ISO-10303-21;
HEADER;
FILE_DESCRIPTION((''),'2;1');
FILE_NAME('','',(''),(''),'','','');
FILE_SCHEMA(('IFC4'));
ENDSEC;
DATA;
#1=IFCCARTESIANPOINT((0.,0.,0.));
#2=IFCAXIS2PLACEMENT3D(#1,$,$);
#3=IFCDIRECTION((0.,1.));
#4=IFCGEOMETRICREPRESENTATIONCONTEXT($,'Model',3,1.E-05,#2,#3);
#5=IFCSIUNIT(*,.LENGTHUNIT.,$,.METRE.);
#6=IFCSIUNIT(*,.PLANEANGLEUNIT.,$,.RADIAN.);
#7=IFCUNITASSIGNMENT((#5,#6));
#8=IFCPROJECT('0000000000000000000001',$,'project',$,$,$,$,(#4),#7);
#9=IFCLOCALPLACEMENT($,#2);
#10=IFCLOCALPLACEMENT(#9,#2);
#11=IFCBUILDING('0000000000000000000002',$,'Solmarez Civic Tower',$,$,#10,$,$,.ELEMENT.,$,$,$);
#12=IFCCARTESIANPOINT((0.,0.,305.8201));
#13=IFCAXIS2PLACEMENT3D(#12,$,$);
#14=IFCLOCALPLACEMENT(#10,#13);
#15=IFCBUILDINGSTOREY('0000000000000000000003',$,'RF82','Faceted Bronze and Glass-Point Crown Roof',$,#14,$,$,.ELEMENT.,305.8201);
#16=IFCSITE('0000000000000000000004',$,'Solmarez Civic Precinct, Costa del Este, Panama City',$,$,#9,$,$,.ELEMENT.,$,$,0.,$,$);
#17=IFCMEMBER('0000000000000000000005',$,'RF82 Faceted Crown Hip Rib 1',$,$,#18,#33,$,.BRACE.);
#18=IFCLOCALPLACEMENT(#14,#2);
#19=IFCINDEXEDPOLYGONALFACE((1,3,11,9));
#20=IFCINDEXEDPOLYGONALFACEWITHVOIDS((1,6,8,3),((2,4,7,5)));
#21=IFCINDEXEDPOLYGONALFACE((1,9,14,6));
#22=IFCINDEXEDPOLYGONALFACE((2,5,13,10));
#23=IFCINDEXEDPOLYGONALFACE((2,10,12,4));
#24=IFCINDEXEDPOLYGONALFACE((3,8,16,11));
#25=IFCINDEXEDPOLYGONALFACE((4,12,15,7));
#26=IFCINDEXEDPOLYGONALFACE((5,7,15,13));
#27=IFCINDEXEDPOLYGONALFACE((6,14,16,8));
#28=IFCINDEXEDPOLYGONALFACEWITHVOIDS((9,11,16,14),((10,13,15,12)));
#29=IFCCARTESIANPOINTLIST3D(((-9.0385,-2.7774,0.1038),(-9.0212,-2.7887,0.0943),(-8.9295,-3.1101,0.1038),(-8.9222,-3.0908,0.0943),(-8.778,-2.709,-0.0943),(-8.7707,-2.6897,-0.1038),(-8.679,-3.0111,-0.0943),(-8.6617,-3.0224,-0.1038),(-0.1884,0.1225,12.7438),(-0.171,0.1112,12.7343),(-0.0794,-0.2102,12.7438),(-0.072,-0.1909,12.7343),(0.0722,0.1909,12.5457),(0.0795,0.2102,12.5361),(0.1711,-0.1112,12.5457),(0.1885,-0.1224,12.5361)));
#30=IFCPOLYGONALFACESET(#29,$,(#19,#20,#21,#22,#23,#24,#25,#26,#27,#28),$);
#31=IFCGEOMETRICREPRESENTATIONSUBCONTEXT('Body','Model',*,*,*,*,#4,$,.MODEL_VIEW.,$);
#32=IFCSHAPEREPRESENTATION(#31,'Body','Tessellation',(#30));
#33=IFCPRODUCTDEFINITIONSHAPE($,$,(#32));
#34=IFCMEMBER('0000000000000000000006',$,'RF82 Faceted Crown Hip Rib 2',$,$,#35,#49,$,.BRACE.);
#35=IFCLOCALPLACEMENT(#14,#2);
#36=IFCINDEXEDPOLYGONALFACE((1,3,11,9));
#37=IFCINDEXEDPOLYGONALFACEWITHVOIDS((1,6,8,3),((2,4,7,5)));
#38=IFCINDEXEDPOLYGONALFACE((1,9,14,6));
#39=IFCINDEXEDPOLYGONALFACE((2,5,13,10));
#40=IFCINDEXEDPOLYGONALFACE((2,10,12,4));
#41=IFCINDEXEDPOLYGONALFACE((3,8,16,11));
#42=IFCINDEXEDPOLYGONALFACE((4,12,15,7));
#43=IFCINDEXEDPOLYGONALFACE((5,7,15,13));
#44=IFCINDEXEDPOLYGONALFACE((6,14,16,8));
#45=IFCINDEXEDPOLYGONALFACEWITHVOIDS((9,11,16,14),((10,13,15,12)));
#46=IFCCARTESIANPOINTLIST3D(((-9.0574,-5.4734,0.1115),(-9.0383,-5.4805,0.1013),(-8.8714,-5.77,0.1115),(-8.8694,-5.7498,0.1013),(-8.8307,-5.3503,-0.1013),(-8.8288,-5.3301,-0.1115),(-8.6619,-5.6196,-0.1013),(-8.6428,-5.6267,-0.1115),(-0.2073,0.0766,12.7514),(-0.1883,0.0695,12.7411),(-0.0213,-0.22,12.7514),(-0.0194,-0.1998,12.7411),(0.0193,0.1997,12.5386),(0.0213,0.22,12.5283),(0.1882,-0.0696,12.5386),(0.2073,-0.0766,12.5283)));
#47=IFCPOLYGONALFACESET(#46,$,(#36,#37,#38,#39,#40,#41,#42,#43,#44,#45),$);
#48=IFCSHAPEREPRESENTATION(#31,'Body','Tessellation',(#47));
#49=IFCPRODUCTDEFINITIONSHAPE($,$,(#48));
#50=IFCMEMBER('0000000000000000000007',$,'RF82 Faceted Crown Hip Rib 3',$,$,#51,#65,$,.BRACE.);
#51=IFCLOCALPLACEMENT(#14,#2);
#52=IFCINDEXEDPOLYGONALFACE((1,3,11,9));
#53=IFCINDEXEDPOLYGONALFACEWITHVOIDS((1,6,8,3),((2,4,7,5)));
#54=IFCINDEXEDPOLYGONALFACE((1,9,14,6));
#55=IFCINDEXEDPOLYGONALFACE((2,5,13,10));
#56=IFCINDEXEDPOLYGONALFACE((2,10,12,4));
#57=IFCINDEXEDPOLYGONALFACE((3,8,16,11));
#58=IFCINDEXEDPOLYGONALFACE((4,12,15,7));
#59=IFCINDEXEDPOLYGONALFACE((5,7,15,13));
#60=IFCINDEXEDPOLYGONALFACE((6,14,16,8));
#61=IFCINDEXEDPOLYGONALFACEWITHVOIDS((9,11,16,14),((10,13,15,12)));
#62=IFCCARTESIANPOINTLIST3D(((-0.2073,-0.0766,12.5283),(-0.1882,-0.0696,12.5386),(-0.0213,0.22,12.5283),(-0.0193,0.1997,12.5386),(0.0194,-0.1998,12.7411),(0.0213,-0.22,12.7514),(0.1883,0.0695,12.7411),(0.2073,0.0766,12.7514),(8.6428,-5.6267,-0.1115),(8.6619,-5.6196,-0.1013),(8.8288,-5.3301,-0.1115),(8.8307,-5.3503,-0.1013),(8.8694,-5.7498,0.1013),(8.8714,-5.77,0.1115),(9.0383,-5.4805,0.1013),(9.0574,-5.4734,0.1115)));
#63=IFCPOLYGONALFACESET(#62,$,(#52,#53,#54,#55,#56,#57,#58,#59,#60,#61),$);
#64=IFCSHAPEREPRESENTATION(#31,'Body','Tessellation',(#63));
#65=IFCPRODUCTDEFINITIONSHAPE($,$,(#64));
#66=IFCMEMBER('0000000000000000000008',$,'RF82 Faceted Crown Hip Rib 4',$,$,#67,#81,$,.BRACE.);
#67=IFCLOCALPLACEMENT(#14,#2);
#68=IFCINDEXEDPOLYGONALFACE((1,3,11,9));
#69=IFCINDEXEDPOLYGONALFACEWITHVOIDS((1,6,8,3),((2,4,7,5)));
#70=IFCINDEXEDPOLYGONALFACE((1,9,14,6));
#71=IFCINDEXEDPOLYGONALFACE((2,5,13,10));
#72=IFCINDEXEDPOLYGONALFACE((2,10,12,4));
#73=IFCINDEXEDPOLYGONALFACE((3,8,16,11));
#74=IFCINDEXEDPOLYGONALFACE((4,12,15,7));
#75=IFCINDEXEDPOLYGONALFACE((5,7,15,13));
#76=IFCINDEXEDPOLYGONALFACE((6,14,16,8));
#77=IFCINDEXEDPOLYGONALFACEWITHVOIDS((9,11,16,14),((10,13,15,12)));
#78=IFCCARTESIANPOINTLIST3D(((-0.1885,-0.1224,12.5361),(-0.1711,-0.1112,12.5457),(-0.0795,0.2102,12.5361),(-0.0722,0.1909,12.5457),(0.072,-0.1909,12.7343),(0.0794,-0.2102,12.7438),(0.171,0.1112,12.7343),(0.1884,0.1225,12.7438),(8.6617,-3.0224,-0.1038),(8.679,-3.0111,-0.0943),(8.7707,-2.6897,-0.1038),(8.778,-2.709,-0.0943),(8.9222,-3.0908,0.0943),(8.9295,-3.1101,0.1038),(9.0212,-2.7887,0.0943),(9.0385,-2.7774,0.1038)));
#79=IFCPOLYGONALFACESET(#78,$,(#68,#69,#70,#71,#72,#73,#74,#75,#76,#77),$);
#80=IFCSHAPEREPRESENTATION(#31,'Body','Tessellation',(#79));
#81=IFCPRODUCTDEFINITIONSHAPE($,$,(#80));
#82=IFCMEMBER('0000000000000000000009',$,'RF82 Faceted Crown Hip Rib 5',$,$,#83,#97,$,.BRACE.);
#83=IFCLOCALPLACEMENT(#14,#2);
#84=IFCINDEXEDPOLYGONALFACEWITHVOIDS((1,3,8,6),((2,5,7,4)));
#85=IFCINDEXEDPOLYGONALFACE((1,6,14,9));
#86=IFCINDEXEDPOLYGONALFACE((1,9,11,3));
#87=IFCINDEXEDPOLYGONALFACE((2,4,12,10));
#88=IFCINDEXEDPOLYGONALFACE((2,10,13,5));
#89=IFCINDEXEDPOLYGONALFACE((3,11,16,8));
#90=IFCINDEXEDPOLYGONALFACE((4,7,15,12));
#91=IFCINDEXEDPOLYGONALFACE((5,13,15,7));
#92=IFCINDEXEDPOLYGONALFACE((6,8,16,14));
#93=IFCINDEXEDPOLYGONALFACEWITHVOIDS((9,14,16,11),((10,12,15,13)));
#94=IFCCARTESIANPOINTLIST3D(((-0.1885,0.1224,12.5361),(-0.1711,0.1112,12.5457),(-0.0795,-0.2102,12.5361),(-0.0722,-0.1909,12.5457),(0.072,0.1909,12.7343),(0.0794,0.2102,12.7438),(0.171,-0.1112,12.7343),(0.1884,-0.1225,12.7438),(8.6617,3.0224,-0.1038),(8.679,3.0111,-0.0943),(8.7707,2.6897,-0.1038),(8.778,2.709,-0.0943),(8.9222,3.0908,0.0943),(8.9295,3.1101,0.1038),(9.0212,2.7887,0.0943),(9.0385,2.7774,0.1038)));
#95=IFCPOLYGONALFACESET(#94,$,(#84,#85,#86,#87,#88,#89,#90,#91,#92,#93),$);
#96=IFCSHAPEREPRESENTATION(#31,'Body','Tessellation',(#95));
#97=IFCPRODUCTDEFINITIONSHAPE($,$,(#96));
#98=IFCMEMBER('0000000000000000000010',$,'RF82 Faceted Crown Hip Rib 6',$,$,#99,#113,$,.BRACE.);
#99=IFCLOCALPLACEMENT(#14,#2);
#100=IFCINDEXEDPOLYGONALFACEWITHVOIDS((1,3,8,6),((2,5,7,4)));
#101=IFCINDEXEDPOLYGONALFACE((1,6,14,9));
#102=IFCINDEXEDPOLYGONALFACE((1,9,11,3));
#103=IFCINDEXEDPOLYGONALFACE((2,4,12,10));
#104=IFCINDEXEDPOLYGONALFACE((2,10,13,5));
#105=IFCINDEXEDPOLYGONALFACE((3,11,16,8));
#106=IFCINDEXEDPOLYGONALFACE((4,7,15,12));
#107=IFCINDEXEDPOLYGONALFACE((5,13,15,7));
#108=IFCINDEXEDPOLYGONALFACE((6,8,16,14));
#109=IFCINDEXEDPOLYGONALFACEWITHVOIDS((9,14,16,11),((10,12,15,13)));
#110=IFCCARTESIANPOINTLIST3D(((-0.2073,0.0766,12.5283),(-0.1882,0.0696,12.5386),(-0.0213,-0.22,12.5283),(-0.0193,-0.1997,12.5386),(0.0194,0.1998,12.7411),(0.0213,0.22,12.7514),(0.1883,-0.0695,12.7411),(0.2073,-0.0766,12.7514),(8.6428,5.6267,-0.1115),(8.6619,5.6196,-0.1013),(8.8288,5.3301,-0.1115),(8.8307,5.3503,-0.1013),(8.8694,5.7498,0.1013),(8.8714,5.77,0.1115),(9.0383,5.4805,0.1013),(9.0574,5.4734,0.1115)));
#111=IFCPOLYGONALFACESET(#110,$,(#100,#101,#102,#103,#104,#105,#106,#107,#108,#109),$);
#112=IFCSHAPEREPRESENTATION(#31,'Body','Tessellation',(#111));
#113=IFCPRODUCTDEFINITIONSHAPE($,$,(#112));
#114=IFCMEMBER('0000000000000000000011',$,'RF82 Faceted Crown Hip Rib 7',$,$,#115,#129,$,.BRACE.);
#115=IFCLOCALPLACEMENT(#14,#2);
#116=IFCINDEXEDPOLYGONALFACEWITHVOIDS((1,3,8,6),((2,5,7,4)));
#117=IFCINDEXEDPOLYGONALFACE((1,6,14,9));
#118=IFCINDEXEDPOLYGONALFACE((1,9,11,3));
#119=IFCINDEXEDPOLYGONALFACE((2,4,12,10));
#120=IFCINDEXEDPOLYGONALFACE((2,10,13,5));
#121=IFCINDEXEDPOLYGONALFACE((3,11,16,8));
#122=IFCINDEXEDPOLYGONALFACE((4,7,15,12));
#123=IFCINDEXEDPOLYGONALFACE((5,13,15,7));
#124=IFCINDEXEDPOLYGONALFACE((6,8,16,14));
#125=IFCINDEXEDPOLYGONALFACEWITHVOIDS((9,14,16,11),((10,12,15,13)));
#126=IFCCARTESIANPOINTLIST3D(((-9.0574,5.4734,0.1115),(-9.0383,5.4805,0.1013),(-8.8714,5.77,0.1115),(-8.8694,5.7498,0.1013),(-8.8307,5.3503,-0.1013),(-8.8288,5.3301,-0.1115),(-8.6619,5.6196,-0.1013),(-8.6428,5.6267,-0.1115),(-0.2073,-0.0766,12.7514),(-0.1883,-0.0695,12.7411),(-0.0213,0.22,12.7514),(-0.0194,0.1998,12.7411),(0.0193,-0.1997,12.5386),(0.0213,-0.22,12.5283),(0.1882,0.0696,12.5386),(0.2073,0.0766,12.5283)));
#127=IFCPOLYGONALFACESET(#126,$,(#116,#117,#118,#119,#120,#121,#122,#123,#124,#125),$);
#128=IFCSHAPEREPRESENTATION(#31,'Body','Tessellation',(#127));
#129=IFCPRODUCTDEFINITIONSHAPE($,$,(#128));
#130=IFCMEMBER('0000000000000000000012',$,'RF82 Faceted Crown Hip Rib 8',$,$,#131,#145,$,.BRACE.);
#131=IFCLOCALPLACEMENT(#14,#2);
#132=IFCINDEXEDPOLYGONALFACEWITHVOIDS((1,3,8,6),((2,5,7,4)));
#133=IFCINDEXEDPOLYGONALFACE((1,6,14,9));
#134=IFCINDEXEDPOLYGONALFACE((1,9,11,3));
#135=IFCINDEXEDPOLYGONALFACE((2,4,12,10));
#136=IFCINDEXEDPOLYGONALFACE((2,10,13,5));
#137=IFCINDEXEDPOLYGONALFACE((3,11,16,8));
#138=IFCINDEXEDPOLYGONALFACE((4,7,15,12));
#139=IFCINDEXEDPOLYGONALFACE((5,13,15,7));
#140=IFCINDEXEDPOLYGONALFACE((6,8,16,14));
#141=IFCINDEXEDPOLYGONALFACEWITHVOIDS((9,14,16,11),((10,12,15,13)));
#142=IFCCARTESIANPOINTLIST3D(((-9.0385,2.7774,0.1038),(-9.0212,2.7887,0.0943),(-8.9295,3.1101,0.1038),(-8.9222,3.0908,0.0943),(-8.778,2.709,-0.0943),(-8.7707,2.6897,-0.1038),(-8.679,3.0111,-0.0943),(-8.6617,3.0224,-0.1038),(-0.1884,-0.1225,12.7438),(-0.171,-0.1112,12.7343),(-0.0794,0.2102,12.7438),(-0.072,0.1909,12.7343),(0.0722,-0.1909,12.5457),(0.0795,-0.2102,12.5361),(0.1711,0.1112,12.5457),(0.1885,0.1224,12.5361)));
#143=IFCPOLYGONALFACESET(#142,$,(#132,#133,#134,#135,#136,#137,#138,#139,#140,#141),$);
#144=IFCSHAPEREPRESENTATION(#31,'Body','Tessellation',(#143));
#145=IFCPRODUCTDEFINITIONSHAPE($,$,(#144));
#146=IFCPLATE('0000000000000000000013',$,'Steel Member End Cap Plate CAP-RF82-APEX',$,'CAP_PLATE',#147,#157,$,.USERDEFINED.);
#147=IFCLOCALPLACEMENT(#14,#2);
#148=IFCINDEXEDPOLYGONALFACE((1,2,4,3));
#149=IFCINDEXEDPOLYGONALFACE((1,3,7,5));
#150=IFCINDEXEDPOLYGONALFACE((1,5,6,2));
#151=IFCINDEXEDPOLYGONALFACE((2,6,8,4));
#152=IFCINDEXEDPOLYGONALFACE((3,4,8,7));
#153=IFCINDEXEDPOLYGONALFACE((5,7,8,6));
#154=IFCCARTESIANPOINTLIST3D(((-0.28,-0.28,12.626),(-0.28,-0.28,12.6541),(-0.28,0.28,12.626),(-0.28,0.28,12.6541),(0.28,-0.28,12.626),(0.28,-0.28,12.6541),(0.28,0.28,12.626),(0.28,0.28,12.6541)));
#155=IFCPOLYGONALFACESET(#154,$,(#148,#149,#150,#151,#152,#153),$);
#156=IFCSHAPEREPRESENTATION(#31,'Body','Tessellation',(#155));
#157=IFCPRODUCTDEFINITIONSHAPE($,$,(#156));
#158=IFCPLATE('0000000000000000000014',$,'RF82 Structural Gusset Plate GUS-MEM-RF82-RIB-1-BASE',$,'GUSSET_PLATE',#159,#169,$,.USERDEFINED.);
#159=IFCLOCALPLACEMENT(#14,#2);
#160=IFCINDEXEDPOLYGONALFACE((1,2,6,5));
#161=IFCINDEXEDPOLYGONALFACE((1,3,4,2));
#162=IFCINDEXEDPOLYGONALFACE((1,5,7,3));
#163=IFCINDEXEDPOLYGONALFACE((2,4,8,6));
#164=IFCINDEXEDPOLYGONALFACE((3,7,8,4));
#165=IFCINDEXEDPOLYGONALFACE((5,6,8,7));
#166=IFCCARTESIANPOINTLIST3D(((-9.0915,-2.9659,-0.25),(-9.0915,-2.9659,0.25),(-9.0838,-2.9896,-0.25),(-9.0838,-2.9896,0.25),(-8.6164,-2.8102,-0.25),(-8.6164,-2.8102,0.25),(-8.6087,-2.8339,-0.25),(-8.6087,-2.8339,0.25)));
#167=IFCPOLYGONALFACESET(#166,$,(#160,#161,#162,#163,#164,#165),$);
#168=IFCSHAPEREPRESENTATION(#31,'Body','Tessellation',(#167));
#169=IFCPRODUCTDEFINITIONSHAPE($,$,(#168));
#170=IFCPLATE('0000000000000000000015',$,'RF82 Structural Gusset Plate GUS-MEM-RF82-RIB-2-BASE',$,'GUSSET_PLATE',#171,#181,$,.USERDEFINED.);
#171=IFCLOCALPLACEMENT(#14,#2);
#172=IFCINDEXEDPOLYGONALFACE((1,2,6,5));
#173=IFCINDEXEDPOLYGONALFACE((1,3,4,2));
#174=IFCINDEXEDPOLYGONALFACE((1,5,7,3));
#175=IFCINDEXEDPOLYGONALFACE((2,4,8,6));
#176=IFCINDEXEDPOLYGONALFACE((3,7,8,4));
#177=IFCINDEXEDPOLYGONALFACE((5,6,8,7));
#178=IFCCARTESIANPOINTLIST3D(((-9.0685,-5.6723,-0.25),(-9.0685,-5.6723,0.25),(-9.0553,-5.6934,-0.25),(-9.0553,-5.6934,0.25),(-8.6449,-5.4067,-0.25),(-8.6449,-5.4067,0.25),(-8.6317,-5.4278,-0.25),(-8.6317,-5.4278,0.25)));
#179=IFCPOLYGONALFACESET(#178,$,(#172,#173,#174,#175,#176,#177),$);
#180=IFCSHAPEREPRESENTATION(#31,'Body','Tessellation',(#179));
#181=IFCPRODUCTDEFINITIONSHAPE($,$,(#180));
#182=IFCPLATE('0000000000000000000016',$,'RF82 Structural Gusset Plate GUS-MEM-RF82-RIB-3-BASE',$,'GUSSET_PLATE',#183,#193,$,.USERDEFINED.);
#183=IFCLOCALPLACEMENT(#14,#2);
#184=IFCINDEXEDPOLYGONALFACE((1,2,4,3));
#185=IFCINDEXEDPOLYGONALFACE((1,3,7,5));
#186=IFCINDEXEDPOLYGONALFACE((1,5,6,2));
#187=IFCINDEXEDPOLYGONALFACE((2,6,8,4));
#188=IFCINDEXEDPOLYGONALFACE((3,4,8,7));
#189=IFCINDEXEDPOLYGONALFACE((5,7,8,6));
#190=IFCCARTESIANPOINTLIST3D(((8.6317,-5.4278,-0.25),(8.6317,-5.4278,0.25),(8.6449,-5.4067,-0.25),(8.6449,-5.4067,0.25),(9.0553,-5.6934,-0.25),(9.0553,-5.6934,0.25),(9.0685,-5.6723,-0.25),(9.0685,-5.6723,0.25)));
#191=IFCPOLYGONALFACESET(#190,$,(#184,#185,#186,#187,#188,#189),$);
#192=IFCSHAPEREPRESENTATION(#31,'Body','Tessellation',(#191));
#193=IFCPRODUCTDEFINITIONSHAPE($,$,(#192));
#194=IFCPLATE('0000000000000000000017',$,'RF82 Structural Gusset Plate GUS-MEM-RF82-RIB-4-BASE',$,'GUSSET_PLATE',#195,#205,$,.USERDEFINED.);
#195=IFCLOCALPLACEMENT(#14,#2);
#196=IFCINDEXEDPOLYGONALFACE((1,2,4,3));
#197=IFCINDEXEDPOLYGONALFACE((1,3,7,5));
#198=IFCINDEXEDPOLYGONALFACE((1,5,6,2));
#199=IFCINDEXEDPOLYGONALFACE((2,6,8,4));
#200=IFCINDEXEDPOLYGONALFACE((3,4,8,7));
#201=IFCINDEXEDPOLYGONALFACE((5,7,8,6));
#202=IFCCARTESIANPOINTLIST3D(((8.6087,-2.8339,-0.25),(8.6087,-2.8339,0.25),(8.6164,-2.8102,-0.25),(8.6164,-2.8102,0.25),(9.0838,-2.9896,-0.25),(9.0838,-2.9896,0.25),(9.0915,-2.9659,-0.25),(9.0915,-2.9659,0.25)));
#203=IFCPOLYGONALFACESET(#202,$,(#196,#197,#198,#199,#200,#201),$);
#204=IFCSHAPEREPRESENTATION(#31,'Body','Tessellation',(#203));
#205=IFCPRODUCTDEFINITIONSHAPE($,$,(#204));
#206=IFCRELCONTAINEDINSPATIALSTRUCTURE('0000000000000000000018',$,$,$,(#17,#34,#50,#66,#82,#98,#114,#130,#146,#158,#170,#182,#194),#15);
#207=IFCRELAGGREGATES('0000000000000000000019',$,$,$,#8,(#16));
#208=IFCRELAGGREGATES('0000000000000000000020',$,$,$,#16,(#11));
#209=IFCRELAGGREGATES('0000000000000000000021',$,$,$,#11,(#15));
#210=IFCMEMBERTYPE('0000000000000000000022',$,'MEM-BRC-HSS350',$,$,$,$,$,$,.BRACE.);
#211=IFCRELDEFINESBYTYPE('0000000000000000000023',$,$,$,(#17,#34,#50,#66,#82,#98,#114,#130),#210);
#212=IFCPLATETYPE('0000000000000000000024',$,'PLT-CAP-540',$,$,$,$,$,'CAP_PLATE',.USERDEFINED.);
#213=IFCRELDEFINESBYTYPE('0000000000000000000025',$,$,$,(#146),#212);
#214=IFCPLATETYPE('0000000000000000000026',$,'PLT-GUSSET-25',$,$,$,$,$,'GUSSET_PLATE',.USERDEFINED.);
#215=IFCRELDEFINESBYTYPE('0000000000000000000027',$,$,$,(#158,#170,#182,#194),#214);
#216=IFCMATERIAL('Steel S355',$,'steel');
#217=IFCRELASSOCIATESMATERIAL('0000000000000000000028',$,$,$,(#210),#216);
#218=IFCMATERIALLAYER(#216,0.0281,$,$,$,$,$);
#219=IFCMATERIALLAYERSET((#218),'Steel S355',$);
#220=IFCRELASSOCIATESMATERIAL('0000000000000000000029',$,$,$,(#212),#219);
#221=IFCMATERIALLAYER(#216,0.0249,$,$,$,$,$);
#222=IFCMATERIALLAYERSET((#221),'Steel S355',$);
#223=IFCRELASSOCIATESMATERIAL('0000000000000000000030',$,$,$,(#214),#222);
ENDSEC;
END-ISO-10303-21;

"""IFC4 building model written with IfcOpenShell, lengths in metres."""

from ifc_helpers import new_model, si_unit, direction, frame, origin, origin_2d, place, context, subcontext, project, spatial, rectangle, hollow_rectangle, extrude, material, layer, layer_set, material_profile, profile_set, type_object, element, save


model = new_model("IFC4")

# Units and contexts
model_context = context("Model", 3, precision=1e-05, world=origin(), true_north=direction((0.0, 1.0)))
body_context = subcontext(model_context, "Body", "Model", "MODEL_VIEW")
ifc_project = project(units=[si_unit("LENGTHUNIT", "METRE"), si_unit("PLANEANGLEUNIT", "RADIAN")], contexts=[model_context])

# Site, building, storey
site_placement = place(None, origin())
site = spatial("IfcSite", under=ifc_project, at=site_placement, Name="Solmarez Civic Precinct, Costa del Este, Panama City", CompositionType="ELEMENT", RefElevation=0.0)
building_placement = place(site_placement, origin())
building = spatial("IfcBuilding", under=site, at=building_placement, Name="Solmarez Civic Tower", CompositionType="ELEMENT")
storey_placement = place(building_placement, frame((0.0, 0.0, 305.8201)))
storey = spatial("IfcBuildingStorey", under=building, at=storey_placement, Name="RF82", Description="Faceted Bronze and Glass-Point Crown Roof", CompositionType="ELEMENT", Elevation=305.8201)

# Members
ifc_material_1 = material(Name="Steel S355", Category="steel")
ifc_material_profile = material_profile(ifc_material_1, hollow_rectangle(XDim=0.3501, YDim=0.3501, WallThickness=0.0161, at=origin_2d()), Name="HSS350X350X16")
ifc_profile_set = profile_set([ifc_material_profile], Name="Steel S355")
member_type = type_object("IfcMemberType", Name="MEM-BRC-HSS350", PredefinedType="BRACE", material=ifc_profile_set)
member_1_placement = place(storey_placement, frame((-8.8501, -2.8999, 0.0), z_axis=(0.563688, 0.184703, 0.805071), x_axis=(-0.311379, 0.950286, 0.0)))
element("IfcMember", 1, at=member_1_placement, inside=storey, type_object=member_type, Name="RF82 Faceted Crown Hip Rib 1", PredefinedType="BRACE", context=body_context, shape_type="SweptSolid", body=[
    extrude(hollow_rectangle(XDim=0.3501, YDim=0.3501, WallThickness=0.0161, at=origin_2d()), origin(), (0.0, 0.0, 1.0), 15.7004),
])
for number, where, z_axis, x_axis, name in (
    (2, (-8.8501, -5.55, 0.0), (0.539706, 0.338459, 0.77082), (-0.531288, 0.847191, 0.0), "RF82 Faceted Crown Hip Rib 2"),
    (3, (8.8501, -5.55, 0.0), (-0.539706, 0.338459, 0.77082), (-0.531288, -0.847191, 0.0), "RF82 Faceted Crown Hip Rib 3"),
):
    element("IfcMember", number, at=place(storey_placement, frame(where, z_axis=z_axis, x_axis=x_axis)), inside=storey, type_object=member_type, Name=name, PredefinedType="BRACE", context=body_context, shape_type="SweptSolid", body=[
        extrude(hollow_rectangle(XDim=0.3501, YDim=0.3501, WallThickness=0.0161, at=origin_2d()), origin(), (0.0, 0.0, 1.0), 16.3979),
    ])
for number, where, z_axis, x_axis, name in (
    (4, (8.8501, -2.8999, 0.0), (-0.563688, 0.184703, 0.805071), (-0.311379, -0.950286, 0.0), "RF82 Faceted Crown Hip Rib 4"),
    (5, (8.8501, 2.8999, 0.0), (-0.563688, -0.184703, 0.805071), (0.311379, -0.950286, 0.0), "RF82 Faceted Crown Hip Rib 5"),
):
    element("IfcMember", number, at=place(storey_placement, frame(where, z_axis=z_axis, x_axis=x_axis)), inside=storey, type_object=member_type, Name=name, PredefinedType="BRACE", context=body_context, shape_type="SweptSolid", body=[
        extrude(hollow_rectangle(XDim=0.3501, YDim=0.3501, WallThickness=0.0161, at=origin_2d()), origin(), (0.0, 0.0, 1.0), 15.7004),
    ])
for number, where, z_axis, x_axis, name in (
    (6, (8.8501, 5.55, 0.0), (-0.539706, -0.338459, 0.77082), (0.531288, -0.847191, 0.0), "RF82 Faceted Crown Hip Rib 6"),
    (7, (-8.8501, 5.55, 0.0), (0.539706, -0.338459, 0.77082), (0.531288, 0.847191, 0.0), "RF82 Faceted Crown Hip Rib 7"),
):
    element("IfcMember", number, at=place(storey_placement, frame(where, z_axis=z_axis, x_axis=x_axis)), inside=storey, type_object=member_type, Name=name, PredefinedType="BRACE", context=body_context, shape_type="SweptSolid", body=[
        extrude(hollow_rectangle(XDim=0.3501, YDim=0.3501, WallThickness=0.0161, at=origin_2d()), origin(), (0.0, 0.0, 1.0), 16.3979),
    ])
member_2_placement = place(storey_placement, frame((-8.8501, 2.8999, 0.0), z_axis=(0.563688, -0.184703, 0.805071), x_axis=(0.311379, 0.950286, 0.0)))
element("IfcMember", 8, at=member_2_placement, inside=storey, type_object=member_type, Name="RF82 Faceted Crown Hip Rib 8", PredefinedType="BRACE", context=body_context, shape_type="SweptSolid", body=[
    extrude(hollow_rectangle(XDim=0.3501, YDim=0.3501, WallThickness=0.0161, at=origin_2d()), origin(), (0.0, 0.0, 1.0), 15.7004),
])

# Plates
ifc_layer_1 = layer(ifc_material_1, 0.0281)
ifc_layer_set_1 = layer_set([ifc_layer_1], Name="Steel S355")
plate_type_1 = type_object("IfcPlateType", Name="PLT-CAP-540", ElementType="CAP_PLATE", PredefinedType="USERDEFINED", material=ifc_layer_set_1)
plate_1_placement = place(storey_placement, frame((0.0, 0.0, 12.626), z_axis=(0.0, 0.0, 1.0), x_axis=(1.0, 0.0, 0.0)))
element("IfcPlate", 9, at=plate_1_placement, inside=storey, type_object=plate_type_1, Name="Steel Member End Cap Plate CAP-RF82-APEX", ObjectType="CAP_PLATE", PredefinedType="USERDEFINED", context=body_context, shape_type="SweptSolid", body=[
    extrude(rectangle(XDim=0.5601, YDim=0.5601, at=origin_2d()), origin(), (0.0, 0.0, 1.0), 0.0281),
])
ifc_layer_2 = layer(ifc_material_1, 0.0249)
ifc_layer_set_2 = layer_set([ifc_layer_2], Name="Steel S355")
plate_type_2 = type_object("IfcPlateType", Name="PLT-GUSSET-25", ElementType="GUSSET_PLATE", PredefinedType="USERDEFINED", material=ifc_layer_set_2)
for number, where, z_axis, x_axis, name in (
    (10, (-8.8501, -2.8999, -0.25), (0.0, 0.0, 1.0), (0.950282, 0.311392, 0.0), "RF82 Structural Gusset Plate GUS-MEM-RF82-RIB-1-BASE"),
    (11, (-8.8501, -5.55, -0.25), (0.0, 0.0, 1.0), (0.847191, 0.531289, 0.0), "RF82 Structural Gusset Plate GUS-MEM-RF82-RIB-2-BASE"),
    (12, (8.8501, -5.55, -0.25), (0.0, 0.0, 1.0), (-0.847191, 0.531289, 0.0), "RF82 Structural Gusset Plate GUS-MEM-RF82-RIB-3-BASE"),
    (13, (8.8501, -2.8999, -0.25), (0.0, 0.0, 1.0), (-0.950282, 0.311392, 0.0), "RF82 Structural Gusset Plate GUS-MEM-RF82-RIB-4-BASE"),
):
    element("IfcPlate", number, at=place(storey_placement, frame(where, z_axis=z_axis, x_axis=x_axis)), inside=storey, type_object=plate_type_2, Name=name, ObjectType="GUSSET_PLATE", PredefinedType="USERDEFINED", context=body_context, shape_type="SweptSolid", body=[
        extrude(rectangle(XDim=0.5, YDim=0.0249, at=origin_2d()), origin(), (0.0, 0.0, 1.0), 0.5),
    ])

save(model, "model.ifc")
